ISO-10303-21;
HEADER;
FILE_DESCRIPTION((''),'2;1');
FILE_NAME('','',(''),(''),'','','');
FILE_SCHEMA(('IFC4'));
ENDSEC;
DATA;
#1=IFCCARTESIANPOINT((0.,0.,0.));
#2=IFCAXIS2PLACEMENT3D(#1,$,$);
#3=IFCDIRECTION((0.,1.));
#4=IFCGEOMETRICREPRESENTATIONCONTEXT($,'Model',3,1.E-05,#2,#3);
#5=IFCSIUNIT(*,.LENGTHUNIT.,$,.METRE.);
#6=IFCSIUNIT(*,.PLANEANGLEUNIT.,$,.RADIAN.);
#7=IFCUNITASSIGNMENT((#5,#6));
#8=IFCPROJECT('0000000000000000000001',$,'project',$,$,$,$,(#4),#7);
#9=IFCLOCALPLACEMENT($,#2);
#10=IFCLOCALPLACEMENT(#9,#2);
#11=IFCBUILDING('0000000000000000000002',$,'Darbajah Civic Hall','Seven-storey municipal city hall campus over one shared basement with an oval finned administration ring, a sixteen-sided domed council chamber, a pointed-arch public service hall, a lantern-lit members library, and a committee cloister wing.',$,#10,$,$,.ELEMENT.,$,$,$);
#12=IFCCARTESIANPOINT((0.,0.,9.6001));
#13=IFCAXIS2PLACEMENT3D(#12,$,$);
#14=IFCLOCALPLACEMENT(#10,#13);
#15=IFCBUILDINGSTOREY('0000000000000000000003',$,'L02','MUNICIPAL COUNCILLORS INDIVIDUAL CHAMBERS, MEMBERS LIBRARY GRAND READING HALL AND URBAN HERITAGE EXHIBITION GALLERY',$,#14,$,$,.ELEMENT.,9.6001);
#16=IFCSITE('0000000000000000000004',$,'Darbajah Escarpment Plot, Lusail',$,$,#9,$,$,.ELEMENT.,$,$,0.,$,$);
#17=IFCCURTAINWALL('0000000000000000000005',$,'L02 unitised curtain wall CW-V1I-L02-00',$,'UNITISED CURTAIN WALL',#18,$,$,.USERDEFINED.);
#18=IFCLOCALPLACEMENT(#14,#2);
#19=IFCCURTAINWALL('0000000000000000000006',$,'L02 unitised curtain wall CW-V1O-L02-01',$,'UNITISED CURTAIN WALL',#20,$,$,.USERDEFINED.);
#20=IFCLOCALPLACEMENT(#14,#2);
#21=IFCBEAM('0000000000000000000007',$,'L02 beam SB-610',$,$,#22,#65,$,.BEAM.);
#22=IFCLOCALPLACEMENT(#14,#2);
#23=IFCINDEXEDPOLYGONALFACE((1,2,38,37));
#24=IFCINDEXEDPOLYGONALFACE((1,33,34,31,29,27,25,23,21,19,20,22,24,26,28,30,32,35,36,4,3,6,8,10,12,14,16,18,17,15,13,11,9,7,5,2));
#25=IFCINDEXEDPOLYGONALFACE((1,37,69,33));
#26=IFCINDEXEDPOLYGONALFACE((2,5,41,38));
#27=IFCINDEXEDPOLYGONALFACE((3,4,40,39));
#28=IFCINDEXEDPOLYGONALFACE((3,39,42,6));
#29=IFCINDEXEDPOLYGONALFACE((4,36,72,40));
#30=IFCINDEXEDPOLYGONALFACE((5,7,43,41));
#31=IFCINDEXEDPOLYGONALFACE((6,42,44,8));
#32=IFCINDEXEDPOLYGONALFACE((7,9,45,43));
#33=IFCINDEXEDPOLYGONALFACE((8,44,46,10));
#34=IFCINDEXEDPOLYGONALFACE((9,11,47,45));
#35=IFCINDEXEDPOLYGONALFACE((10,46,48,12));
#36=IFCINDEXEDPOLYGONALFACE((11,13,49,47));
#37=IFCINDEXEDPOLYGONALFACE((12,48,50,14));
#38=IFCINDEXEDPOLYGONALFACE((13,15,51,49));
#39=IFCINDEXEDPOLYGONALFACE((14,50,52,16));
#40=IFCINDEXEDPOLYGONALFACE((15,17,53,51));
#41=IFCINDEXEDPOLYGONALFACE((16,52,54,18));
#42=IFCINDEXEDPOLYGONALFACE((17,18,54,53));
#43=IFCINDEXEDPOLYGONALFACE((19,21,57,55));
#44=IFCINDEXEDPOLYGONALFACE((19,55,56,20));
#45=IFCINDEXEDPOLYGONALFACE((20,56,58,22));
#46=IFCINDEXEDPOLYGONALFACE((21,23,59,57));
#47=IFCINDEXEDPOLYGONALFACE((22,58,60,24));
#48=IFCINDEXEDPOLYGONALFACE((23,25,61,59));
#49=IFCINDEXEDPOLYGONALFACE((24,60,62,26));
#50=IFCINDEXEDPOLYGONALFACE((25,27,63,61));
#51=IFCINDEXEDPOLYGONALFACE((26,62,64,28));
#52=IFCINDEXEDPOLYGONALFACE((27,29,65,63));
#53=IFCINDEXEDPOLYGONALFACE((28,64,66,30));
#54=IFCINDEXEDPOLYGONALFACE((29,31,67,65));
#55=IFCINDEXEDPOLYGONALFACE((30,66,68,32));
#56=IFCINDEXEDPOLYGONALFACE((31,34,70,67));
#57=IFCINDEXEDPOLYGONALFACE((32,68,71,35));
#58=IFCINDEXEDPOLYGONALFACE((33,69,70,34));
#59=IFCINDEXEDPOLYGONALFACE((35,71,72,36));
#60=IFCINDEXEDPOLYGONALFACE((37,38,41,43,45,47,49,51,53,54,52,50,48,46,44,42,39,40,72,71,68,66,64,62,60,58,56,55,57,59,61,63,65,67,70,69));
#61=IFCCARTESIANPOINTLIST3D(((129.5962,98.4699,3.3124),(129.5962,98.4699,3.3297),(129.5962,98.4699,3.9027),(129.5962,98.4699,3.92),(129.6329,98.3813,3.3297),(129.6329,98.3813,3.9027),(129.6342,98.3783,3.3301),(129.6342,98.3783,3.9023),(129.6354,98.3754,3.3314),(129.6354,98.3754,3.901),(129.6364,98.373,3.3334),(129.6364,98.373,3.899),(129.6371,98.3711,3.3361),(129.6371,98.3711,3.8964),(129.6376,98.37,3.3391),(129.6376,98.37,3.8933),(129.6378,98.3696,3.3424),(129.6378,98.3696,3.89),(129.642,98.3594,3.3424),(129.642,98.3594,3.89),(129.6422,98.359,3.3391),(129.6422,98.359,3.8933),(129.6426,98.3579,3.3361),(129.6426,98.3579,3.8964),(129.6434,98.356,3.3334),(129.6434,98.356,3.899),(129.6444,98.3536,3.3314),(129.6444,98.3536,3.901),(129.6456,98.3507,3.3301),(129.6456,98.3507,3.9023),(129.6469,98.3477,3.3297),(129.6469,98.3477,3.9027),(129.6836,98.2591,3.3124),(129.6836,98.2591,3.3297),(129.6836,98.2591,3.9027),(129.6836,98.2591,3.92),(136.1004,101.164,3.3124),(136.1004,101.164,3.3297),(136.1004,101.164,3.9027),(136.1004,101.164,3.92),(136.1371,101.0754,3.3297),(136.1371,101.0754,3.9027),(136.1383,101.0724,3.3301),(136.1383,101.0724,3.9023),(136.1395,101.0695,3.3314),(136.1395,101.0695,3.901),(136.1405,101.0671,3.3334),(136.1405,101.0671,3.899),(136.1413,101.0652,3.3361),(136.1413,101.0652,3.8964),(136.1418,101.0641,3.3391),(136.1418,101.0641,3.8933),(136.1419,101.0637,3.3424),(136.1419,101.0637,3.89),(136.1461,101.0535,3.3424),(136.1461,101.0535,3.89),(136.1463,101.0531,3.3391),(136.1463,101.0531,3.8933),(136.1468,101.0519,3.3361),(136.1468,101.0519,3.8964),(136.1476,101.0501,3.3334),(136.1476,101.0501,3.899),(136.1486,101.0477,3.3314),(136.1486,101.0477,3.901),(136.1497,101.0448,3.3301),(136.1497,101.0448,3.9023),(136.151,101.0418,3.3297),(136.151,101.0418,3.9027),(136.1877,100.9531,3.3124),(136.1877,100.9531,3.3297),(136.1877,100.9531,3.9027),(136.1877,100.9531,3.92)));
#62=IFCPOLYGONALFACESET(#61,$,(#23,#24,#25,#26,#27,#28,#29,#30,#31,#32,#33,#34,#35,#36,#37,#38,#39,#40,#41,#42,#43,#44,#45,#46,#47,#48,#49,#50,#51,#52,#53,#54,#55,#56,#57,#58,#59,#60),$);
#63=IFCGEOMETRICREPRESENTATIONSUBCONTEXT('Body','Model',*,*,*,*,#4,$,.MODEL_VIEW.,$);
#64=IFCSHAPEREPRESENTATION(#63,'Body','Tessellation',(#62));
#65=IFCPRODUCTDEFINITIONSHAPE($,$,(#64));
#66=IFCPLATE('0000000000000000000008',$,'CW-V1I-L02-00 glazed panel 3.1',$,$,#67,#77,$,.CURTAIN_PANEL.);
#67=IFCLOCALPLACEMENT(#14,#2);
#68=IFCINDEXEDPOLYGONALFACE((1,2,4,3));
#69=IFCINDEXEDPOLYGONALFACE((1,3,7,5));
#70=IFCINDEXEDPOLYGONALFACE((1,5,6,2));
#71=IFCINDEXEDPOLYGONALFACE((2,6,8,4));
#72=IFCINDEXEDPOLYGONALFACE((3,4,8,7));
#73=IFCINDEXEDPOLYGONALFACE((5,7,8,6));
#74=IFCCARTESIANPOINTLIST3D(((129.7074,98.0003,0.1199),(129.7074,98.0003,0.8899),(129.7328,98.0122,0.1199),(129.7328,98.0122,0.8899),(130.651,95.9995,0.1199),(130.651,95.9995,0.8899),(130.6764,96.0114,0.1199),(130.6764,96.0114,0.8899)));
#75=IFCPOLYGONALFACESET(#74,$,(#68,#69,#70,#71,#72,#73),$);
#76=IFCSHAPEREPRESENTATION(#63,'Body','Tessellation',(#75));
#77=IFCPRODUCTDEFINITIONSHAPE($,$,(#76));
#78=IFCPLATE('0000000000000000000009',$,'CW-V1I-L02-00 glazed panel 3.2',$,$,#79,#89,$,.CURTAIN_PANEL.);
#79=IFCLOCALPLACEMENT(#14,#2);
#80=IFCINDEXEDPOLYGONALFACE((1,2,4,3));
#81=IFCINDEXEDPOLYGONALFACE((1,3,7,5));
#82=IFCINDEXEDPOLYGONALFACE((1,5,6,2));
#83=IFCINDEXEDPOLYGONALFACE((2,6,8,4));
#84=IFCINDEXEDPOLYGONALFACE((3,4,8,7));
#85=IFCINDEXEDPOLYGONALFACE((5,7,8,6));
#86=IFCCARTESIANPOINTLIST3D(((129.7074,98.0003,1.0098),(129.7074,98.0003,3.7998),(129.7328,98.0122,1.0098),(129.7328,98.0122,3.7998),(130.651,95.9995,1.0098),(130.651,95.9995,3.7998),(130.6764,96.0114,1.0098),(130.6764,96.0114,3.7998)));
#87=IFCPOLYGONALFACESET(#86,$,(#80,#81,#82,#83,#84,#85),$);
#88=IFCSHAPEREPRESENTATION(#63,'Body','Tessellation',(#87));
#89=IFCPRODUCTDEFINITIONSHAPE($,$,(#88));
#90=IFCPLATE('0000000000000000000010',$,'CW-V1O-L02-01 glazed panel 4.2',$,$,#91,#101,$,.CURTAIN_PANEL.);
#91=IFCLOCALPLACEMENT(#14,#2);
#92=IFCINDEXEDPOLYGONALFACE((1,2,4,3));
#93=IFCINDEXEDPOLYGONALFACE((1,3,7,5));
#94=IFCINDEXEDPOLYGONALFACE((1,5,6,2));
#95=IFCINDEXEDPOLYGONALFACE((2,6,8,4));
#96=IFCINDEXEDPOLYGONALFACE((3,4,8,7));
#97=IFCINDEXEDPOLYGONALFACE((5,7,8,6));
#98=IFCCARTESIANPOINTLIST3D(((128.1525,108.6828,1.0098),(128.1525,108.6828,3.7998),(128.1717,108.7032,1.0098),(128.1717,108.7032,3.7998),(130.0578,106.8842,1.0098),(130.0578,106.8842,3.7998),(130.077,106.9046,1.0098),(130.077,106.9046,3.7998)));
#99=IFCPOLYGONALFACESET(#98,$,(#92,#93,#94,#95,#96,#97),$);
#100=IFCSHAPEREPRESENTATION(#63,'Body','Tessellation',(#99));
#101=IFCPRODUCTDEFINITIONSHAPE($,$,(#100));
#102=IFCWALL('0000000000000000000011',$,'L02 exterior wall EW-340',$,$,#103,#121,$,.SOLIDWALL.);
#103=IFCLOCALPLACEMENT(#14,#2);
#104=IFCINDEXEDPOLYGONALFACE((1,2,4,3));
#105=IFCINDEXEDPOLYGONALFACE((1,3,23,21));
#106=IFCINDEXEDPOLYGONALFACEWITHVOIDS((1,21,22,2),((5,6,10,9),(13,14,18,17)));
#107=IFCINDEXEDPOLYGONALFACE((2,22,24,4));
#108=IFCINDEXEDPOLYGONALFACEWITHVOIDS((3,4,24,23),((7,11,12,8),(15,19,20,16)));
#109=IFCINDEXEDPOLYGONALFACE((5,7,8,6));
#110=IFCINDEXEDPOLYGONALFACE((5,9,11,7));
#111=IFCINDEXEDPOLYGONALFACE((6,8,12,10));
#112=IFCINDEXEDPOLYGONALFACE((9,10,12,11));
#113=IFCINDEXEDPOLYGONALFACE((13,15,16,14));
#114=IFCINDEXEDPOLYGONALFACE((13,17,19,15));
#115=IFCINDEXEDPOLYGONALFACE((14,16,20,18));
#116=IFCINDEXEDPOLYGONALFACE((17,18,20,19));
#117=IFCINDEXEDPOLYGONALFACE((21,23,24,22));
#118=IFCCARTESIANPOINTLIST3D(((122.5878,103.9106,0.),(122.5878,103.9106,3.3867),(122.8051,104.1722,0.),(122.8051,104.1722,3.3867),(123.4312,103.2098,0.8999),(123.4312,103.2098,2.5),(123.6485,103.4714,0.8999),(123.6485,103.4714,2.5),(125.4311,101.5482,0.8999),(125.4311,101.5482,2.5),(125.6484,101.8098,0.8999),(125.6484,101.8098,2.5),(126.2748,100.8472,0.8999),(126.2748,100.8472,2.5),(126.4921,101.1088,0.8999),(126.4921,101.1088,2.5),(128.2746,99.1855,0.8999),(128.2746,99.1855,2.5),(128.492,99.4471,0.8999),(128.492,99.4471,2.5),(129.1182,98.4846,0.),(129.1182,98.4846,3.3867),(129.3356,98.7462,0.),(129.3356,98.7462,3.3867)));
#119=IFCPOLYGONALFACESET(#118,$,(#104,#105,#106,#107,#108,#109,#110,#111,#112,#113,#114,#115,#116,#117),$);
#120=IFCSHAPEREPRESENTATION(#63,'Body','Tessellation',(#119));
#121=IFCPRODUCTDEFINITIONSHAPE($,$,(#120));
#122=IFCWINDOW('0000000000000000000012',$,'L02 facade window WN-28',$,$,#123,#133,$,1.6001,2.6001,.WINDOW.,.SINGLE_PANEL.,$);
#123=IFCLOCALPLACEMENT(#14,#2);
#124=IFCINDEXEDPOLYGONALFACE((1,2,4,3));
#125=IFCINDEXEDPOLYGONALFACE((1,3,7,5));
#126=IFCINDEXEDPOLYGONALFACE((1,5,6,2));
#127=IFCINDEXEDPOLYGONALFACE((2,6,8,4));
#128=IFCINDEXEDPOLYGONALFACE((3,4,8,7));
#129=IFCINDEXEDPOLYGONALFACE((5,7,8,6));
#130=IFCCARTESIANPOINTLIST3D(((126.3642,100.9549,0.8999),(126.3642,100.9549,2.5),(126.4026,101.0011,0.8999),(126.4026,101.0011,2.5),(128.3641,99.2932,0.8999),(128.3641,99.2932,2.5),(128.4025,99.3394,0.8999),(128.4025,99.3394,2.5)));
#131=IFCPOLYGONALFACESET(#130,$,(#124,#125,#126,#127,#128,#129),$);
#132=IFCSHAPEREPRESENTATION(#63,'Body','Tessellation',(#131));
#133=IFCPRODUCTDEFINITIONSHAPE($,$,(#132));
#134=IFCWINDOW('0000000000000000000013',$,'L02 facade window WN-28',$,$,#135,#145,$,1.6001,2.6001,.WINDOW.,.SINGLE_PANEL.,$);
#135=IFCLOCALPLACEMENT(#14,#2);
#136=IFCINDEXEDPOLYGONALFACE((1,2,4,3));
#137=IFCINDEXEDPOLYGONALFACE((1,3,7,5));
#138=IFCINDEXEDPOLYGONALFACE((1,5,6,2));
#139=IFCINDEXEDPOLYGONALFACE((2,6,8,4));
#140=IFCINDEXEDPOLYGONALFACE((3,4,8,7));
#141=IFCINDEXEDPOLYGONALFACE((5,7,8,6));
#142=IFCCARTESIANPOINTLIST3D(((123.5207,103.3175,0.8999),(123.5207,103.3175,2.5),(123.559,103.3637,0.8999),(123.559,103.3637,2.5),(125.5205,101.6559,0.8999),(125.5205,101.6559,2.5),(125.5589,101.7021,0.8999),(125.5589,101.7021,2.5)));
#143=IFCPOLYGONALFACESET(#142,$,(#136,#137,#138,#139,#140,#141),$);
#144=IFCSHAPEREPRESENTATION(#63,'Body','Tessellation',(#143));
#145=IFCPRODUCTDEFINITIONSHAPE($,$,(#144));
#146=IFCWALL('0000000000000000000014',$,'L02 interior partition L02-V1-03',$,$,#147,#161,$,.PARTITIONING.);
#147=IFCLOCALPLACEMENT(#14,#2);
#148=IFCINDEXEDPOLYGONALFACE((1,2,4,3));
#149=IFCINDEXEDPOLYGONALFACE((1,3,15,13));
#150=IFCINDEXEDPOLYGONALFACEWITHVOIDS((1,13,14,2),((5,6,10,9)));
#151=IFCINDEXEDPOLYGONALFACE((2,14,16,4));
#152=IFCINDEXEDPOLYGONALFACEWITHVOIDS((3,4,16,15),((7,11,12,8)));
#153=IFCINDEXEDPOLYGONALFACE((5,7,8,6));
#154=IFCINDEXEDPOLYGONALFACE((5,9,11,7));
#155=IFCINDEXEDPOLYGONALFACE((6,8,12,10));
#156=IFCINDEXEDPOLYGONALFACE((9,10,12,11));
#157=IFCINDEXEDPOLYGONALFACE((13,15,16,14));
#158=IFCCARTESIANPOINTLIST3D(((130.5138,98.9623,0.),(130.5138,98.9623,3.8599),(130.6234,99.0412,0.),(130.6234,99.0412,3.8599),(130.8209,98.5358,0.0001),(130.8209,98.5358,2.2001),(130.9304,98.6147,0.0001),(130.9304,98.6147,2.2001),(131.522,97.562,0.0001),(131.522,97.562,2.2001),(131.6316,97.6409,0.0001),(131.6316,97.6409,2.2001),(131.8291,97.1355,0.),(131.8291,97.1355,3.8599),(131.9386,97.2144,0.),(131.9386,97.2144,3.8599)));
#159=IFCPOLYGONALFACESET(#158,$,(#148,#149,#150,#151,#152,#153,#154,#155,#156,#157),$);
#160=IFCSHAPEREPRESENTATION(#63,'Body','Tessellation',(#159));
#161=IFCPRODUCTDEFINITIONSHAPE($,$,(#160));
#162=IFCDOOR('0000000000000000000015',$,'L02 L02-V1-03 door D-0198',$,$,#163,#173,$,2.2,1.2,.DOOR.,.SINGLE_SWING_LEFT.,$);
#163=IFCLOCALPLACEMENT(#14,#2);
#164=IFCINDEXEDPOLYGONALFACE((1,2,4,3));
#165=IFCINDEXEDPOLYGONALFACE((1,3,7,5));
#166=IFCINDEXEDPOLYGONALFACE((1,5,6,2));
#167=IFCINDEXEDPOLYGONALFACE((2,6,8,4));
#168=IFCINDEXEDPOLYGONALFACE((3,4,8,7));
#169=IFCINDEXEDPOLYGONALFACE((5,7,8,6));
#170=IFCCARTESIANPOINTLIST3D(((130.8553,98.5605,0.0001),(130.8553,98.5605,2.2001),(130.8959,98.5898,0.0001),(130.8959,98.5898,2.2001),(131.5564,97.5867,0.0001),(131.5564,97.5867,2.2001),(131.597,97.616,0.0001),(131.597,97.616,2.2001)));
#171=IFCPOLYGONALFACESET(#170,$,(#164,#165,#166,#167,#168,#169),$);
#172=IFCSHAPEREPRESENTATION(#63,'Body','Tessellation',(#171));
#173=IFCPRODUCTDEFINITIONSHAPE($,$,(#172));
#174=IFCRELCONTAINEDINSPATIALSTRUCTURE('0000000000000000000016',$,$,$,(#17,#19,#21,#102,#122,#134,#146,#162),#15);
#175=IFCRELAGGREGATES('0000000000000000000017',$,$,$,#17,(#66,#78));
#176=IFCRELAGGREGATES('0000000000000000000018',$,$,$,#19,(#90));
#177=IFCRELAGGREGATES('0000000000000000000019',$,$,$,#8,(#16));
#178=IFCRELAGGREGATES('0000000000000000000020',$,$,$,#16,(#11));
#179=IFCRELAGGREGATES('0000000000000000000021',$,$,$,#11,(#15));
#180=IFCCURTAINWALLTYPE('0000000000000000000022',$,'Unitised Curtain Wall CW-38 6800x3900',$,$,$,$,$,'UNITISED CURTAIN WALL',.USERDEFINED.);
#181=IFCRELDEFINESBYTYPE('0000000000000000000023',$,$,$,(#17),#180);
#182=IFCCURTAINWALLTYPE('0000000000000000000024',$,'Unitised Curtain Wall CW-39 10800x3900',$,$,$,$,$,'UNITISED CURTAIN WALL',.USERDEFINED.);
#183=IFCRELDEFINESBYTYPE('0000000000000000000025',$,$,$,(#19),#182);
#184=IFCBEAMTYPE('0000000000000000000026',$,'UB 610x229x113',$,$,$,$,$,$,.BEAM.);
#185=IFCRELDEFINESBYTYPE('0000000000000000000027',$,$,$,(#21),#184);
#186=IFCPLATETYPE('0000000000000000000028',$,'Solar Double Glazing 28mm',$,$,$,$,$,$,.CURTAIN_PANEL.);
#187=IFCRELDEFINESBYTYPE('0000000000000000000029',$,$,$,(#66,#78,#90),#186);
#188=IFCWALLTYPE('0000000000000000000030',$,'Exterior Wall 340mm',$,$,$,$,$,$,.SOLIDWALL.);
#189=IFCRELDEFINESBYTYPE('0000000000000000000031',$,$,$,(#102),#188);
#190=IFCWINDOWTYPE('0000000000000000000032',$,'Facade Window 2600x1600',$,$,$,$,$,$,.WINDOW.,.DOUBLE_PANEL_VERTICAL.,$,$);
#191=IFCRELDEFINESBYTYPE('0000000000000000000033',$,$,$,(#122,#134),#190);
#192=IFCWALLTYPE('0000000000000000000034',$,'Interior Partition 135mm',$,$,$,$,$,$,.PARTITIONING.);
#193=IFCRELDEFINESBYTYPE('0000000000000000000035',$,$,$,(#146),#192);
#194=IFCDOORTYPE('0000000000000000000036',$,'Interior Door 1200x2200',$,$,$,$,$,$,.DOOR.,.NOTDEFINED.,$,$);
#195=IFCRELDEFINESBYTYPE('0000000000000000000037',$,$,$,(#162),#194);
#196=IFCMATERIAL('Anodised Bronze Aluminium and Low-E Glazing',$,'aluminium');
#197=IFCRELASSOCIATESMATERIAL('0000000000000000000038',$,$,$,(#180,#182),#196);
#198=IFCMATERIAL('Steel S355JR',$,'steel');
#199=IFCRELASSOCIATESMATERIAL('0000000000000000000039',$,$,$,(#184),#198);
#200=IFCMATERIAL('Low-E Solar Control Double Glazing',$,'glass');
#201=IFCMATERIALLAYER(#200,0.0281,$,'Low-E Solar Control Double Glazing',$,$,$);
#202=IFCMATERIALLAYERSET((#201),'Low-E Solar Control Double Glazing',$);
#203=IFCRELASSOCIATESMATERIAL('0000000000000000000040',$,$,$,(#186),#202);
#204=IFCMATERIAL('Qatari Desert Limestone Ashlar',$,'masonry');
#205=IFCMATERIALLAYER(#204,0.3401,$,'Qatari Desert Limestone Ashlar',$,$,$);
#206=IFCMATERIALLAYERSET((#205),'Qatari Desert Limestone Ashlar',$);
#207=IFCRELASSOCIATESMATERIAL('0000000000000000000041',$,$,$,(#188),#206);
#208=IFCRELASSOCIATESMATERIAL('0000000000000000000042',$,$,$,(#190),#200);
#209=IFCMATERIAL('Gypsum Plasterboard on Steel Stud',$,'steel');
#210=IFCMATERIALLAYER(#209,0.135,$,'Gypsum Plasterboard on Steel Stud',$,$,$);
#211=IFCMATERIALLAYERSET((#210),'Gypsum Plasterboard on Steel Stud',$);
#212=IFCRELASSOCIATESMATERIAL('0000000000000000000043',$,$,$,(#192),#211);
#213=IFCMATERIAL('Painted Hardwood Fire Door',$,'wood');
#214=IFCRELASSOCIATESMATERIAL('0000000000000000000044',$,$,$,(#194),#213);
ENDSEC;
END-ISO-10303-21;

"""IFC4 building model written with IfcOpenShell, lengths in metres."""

from ifc_helpers import new_model, si_unit, direction, frame, frame_2d, origin, origin_2d, place, context, subcontext, project, spatial, rectangle, i_section, extrude, material, layer, layer_set, material_profile, profile_set, type_object, element, fill, aggregate, save


model = new_model("IFC4")

# Units and contexts
model_context = context("Model", 3, precision=1e-05, world=origin(), true_north=direction((0.0, 1.0)))
body_context = subcontext(model_context, "Body", "Model", "MODEL_VIEW")
ifc_project = project(units=[si_unit("LENGTHUNIT", "METRE"), si_unit("PLANEANGLEUNIT", "RADIAN")], contexts=[model_context])

# Site, building, storey
site_placement = place(None, origin())
site = spatial("IfcSite", under=ifc_project, at=site_placement, Name="Darbajah Escarpment Plot, Lusail", CompositionType="ELEMENT", RefElevation=0.0)
building_placement = place(site_placement, origin())
building = spatial("IfcBuilding", under=site, at=building_placement, Name="Darbajah Civic Hall", Description="Seven-storey municipal city hall campus over one shared basement with an oval finned administration ring, a sixteen-sided domed council chamber, a pointed-arch public service hall, a lantern-lit members library, and a committee cloister wing.", CompositionType="ELEMENT")
storey_placement = place(building_placement, frame((0.0, 0.0, 9.6001)))
storey = spatial("IfcBuildingStorey", under=building, at=storey_placement, Name="L02", Description="MUNICIPAL COUNCILLORS INDIVIDUAL CHAMBERS, MEMBERS LIBRARY GRAND READING HALL AND URBAN HERITAGE EXHIBITION GALLERY", CompositionType="ELEMENT", Elevation=9.6001)

# Curtain walls
ifc_material_1 = material(Name="Anodised Bronze Aluminium and Low-E Glazing", Category="aluminium")
curtain_wall_type_1 = type_object("IfcCurtainWallType", Name="Unitised Curtain Wall CW-38 6800x3900", ElementType="UNITISED CURTAIN WALL", PredefinedType="USERDEFINED", material=ifc_material_1)
curtain_wall_1_placement = place(storey_placement, origin())
curtain_wall_1 = element("IfcCurtainWall", 1, at=curtain_wall_1_placement, inside=storey, type_object=curtain_wall_type_1, Name="L02 unitised curtain wall CW-V1I-L02-00", ObjectType="UNITISED CURTAIN WALL", PredefinedType="USERDEFINED")
curtain_wall_type_2 = type_object("IfcCurtainWallType", Name="Unitised Curtain Wall CW-39 10800x3900", ElementType="UNITISED CURTAIN WALL", PredefinedType="USERDEFINED", material=ifc_material_1)
curtain_wall_2_placement = place(storey_placement, origin())
curtain_wall_2 = element("IfcCurtainWall", 2, at=curtain_wall_2_placement, inside=storey, type_object=curtain_wall_type_2, Name="L02 unitised curtain wall CW-V1O-L02-01", ObjectType="UNITISED CURTAIN WALL", PredefinedType="USERDEFINED")

# Beam
ifc_material_2 = material(Name="Steel S355JR", Category="steel")
ifc_material_profile_1 = material_profile(ifc_material_2, i_section(OverallWidth=0.2283, OverallDepth=0.6077, WebThickness=0.011, FlangeThickness=0.0173, FilletRadius=0.0127, at=origin_2d()), Name="UB 610x229x113")
ifc_profile_set_1 = profile_set([ifc_material_profile_1], Name="Steel S355JR")
beam_type_1 = type_object("IfcBeamType", Name="UB 610x229x113", PredefinedType="BEAM", material=ifc_profile_set_1)
beam_1_placement = place(storey_placement, frame((129.6399, 98.3645, 3.6162), z_axis=(0.92388, 0.382682, 0.0), x_axis=(-0.382682, 0.92388, 0.0)))
element("IfcBeam", 3, at=beam_1_placement, inside=storey, type_object=beam_type_1, Name="L02 beam SB-610", PredefinedType="BEAM", context=body_context, shape_type="SweptSolid", body=[
    extrude(i_section(OverallWidth=0.2283, OverallDepth=0.6077, WebThickness=0.011, FlangeThickness=0.0173, FilletRadius=0.0127, at=origin_2d()), origin(), (0.0, 0.0, 1.0), 7.04),
])

# Plates
ifc_material_3 = material(Name="Low-E Solar Control Double Glazing", Category="glass")
ifc_layer_1 = layer(ifc_material_3, 0.0281, Name="Low-E Solar Control Double Glazing")
ifc_layer_set_1 = layer_set([ifc_layer_1], Name="Low-E Solar Control Double Glazing")
plate_type = type_object("IfcPlateType", Name="Solar Double Glazing 28mm", PredefinedType="CURTAIN_PANEL", material=ifc_layer_set_1)
plate_1_placement = place(storey_placement, frame((130.1919, 97.0059, 0.1199), z_axis=(0.0, 0.0, 1.0), x_axis=(-0.426569, 0.904455, 0.0)))
plate_1 = element("IfcPlate", 4, at=plate_1_placement, type_object=plate_type, Name="CW-V1I-L02-00 glazed panel 3.1", PredefinedType="CURTAIN_PANEL", context=body_context, shape_type="SweptSolid", body=[
    extrude(rectangle(XDim=2.2122, YDim=0.0281, at=origin_2d()), origin(), (0.0, 0.0, 1.0), 0.77),
])
plate_2_placement = place(storey_placement, frame((130.1919, 97.0059, 1.0098), z_axis=(0.0, 0.0, 1.0), x_axis=(-0.426569, 0.904455, 0.0)))
plate_2 = element("IfcPlate", 5, at=plate_2_placement, type_object=plate_type, Name="CW-V1I-L02-00 glazed panel 3.2", PredefinedType="CURTAIN_PANEL", context=body_context, shape_type="SweptSolid", body=[
    extrude(rectangle(XDim=2.2122, YDim=0.0281, at=origin_2d()), origin(), (0.0, 0.0, 1.0), 2.79),
])
aggregate(curtain_wall_1, [plate_1, plate_2])
plate_3_placement = place(storey_placement, frame((129.1147, 107.7937, 1.0098), z_axis=(0.0, 0.0, 1.0), x_axis=(-0.727174, 0.686453, 0.0)))
plate_3 = element("IfcPlate", 6, at=plate_3_placement, type_object=plate_type, Name="CW-V1O-L02-01 glazed panel 4.2", PredefinedType="CURTAIN_PANEL", context=body_context, shape_type="SweptSolid", body=[
    extrude(rectangle(XDim=2.6201, YDim=0.0281, at=origin_2d()), origin(), (0.0, 0.0, 1.0), 2.79),
])
aggregate(curtain_wall_2, [plate_3])

# Wall, openings, windows
ifc_material_4 = material(Name="Qatari Desert Limestone Ashlar", Category="masonry")
ifc_layer_2 = layer(ifc_material_4, 0.3401, Name="Qatari Desert Limestone Ashlar")
ifc_layer_set_2 = layer_set([ifc_layer_2], Name="Qatari Desert Limestone Ashlar")
wall_type_1 = type_object("IfcWallType", Name="Exterior Wall 340mm", PredefinedType="SOLIDWALL", material=ifc_layer_set_2)
wall_1_placement = place(storey_placement, frame((129.2268, 98.6155, 0.0), z_axis=(0.0, 0.0, 1.0), x_axis=(-0.769151, 0.639067, 0.0)))
wall_1 = element("IfcWall", 7, at=wall_1_placement, inside=storey, type_object=wall_type_1, Name="L02 exterior wall EW-340", PredefinedType="SOLIDWALL", context=body_context, shape_type="SweptSolid", body=[
    extrude(rectangle(XDim=8.4905, YDim=0.3401, at=frame_2d((4.2451, 0.0))), origin(), (0.0, 0.0, 1.0), 3.3867),
])
opening_1_placement = place(wall_1_placement, frame((1.0967, 0.0, 0.8999)))
opening_1 = element("IfcOpeningElement", 8, at=opening_1_placement, cuts=wall_1, PredefinedType="OPENING", context=body_context, shape_type="SweptSolid", body=[
    extrude(rectangle(XDim=2.6001, YDim=1.6001, at=frame_2d((1.3, 0.8))), frame((0.0, 0.1799, 0.0), z_axis=(0.0, -1.0, 0.0), x_axis=(1.0, 0.0, 0.0)), (0.0, 0.0, 1.0), 0.3601),
])
opening_2_placement = place(wall_1_placement, frame((4.7937, 0.0, 0.8999)))
opening_2 = element("IfcOpeningElement", 9, at=opening_2_placement, cuts=wall_1, PredefinedType="OPENING", context=body_context, shape_type="SweptSolid", body=[
    extrude(rectangle(XDim=2.6001, YDim=1.6001, at=frame_2d((1.3, 0.8))), frame((0.0, 0.1799, 0.0), z_axis=(0.0, -1.0, 0.0), x_axis=(1.0, 0.0, 0.0)), (0.0, 0.0, 1.0), 0.3601),
])
window_type = type_object("IfcWindowType", Name="Facade Window 2600x1600", PartitioningType="DOUBLE_PANEL_VERTICAL", PredefinedType="WINDOW", material=ifc_material_3)
window_1_placement = place(opening_1_placement, origin())
window_1 = element("IfcWindow", 10, at=window_1_placement, inside=storey, type_object=window_type, Name="L02 facade window WN-28", OverallHeight=1.6001, OverallWidth=2.6001, PartitioningType="SINGLE_PANEL", PredefinedType="WINDOW", context=body_context, shape_type="SweptSolid", body=[
    extrude(rectangle(XDim=2.6001, YDim=1.6001, at=frame_2d((1.3, 0.8))), frame((0.0, 0.03, 0.0), z_axis=(0.0, -1.0, 0.0), x_axis=(1.0, 0.0, 0.0)), (0.0, 0.0, 1.0), 0.0601),
])
fill(opening_1, window_1)
window_2_placement = place(opening_2_placement, origin())
window_2 = element("IfcWindow", 11, at=window_2_placement, inside=storey, type_object=window_type, Name="L02 facade window WN-28", OverallHeight=1.6001, OverallWidth=2.6001, PartitioningType="SINGLE_PANEL", PredefinedType="WINDOW", context=body_context, shape_type="SweptSolid", body=[
    extrude(rectangle(XDim=2.6001, YDim=1.6001, at=frame_2d((1.3, 0.8))), frame((0.0, 0.03, 0.0), z_axis=(0.0, -1.0, 0.0), x_axis=(1.0, 0.0, 0.0)), (0.0, 0.0, 1.0), 0.0601),
])
fill(opening_2, window_2)

# Wall, opening, door
ifc_material_5 = material(Name="Gypsum Plasterboard on Steel Stud", Category="steel")
ifc_layer_3 = layer(ifc_material_5, 0.135, Name="Gypsum Plasterboard on Steel Stud")
ifc_layer_set_3 = layer_set([ifc_layer_3], Name="Gypsum Plasterboard on Steel Stud")
wall_type_2 = type_object("IfcWallType", Name="Interior Partition 135mm", PredefinedType="PARTITIONING", material=ifc_layer_set_3)
wall_2_placement = place(storey_placement, frame((130.5686, 99.0017, 0.0), z_axis=(0.0, 0.0, 1.0), x_axis=(0.584302, -0.811536, 0.0)))
wall_2 = element("IfcWall", 12, at=wall_2_placement, inside=storey, type_object=wall_type_2, Name="L02 interior partition L02-V1-03", PredefinedType="PARTITIONING", context=body_context, shape_type="SweptSolid", body=[
    extrude(rectangle(XDim=2.251, YDim=0.135, at=frame_2d((1.1255, 0.0))), origin(), (0.0, 0.0, 1.0), 3.8599),
])
opening_3_placement = place(wall_2_placement, frame((0.5254, 0.0, 0.0)))
opening_3 = element("IfcOpeningElement", 13, at=opening_3_placement, cuts=wall_2, PredefinedType="OPENING", context=body_context, shape_type="SweptSolid", body=[
    extrude(rectangle(XDim=1.2, YDim=2.2, at=frame_2d((0.6001, 1.1001))), frame((0.0, 0.0774, 0.0), z_axis=(0.0, -1.0, 0.0), x_axis=(1.0, 0.0, 0.0)), (0.0, 0.0, 1.0), 0.155),
])
ifc_material_6 = material(Name="Painted Hardwood Fire Door", Category="wood")
door_type = type_object("IfcDoorType", Name="Interior Door 1200x2200", OperationType="NOTDEFINED", PredefinedType="DOOR", material=ifc_material_6)
door_placement = place(opening_3_placement, origin())
door = element("IfcDoor", 14, at=door_placement, inside=storey, type_object=door_type, Name="L02 L02-V1-03 door D-0198", OperationType="SINGLE_SWING_LEFT", OverallHeight=2.2, OverallWidth=1.2, PredefinedType="DOOR", context=body_context, shape_type="SweptSolid", body=[
    extrude(rectangle(XDim=1.2, YDim=2.2, at=frame_2d((0.6001, 1.1001))), frame((0.0, 0.0249, 0.0), z_axis=(0.0, -1.0, 0.0), x_axis=(1.0, 0.0, 0.0)), (0.0, 0.0, 1.0), 0.05),
])
fill(opening_3, door)

save(model, "model.ifc")
